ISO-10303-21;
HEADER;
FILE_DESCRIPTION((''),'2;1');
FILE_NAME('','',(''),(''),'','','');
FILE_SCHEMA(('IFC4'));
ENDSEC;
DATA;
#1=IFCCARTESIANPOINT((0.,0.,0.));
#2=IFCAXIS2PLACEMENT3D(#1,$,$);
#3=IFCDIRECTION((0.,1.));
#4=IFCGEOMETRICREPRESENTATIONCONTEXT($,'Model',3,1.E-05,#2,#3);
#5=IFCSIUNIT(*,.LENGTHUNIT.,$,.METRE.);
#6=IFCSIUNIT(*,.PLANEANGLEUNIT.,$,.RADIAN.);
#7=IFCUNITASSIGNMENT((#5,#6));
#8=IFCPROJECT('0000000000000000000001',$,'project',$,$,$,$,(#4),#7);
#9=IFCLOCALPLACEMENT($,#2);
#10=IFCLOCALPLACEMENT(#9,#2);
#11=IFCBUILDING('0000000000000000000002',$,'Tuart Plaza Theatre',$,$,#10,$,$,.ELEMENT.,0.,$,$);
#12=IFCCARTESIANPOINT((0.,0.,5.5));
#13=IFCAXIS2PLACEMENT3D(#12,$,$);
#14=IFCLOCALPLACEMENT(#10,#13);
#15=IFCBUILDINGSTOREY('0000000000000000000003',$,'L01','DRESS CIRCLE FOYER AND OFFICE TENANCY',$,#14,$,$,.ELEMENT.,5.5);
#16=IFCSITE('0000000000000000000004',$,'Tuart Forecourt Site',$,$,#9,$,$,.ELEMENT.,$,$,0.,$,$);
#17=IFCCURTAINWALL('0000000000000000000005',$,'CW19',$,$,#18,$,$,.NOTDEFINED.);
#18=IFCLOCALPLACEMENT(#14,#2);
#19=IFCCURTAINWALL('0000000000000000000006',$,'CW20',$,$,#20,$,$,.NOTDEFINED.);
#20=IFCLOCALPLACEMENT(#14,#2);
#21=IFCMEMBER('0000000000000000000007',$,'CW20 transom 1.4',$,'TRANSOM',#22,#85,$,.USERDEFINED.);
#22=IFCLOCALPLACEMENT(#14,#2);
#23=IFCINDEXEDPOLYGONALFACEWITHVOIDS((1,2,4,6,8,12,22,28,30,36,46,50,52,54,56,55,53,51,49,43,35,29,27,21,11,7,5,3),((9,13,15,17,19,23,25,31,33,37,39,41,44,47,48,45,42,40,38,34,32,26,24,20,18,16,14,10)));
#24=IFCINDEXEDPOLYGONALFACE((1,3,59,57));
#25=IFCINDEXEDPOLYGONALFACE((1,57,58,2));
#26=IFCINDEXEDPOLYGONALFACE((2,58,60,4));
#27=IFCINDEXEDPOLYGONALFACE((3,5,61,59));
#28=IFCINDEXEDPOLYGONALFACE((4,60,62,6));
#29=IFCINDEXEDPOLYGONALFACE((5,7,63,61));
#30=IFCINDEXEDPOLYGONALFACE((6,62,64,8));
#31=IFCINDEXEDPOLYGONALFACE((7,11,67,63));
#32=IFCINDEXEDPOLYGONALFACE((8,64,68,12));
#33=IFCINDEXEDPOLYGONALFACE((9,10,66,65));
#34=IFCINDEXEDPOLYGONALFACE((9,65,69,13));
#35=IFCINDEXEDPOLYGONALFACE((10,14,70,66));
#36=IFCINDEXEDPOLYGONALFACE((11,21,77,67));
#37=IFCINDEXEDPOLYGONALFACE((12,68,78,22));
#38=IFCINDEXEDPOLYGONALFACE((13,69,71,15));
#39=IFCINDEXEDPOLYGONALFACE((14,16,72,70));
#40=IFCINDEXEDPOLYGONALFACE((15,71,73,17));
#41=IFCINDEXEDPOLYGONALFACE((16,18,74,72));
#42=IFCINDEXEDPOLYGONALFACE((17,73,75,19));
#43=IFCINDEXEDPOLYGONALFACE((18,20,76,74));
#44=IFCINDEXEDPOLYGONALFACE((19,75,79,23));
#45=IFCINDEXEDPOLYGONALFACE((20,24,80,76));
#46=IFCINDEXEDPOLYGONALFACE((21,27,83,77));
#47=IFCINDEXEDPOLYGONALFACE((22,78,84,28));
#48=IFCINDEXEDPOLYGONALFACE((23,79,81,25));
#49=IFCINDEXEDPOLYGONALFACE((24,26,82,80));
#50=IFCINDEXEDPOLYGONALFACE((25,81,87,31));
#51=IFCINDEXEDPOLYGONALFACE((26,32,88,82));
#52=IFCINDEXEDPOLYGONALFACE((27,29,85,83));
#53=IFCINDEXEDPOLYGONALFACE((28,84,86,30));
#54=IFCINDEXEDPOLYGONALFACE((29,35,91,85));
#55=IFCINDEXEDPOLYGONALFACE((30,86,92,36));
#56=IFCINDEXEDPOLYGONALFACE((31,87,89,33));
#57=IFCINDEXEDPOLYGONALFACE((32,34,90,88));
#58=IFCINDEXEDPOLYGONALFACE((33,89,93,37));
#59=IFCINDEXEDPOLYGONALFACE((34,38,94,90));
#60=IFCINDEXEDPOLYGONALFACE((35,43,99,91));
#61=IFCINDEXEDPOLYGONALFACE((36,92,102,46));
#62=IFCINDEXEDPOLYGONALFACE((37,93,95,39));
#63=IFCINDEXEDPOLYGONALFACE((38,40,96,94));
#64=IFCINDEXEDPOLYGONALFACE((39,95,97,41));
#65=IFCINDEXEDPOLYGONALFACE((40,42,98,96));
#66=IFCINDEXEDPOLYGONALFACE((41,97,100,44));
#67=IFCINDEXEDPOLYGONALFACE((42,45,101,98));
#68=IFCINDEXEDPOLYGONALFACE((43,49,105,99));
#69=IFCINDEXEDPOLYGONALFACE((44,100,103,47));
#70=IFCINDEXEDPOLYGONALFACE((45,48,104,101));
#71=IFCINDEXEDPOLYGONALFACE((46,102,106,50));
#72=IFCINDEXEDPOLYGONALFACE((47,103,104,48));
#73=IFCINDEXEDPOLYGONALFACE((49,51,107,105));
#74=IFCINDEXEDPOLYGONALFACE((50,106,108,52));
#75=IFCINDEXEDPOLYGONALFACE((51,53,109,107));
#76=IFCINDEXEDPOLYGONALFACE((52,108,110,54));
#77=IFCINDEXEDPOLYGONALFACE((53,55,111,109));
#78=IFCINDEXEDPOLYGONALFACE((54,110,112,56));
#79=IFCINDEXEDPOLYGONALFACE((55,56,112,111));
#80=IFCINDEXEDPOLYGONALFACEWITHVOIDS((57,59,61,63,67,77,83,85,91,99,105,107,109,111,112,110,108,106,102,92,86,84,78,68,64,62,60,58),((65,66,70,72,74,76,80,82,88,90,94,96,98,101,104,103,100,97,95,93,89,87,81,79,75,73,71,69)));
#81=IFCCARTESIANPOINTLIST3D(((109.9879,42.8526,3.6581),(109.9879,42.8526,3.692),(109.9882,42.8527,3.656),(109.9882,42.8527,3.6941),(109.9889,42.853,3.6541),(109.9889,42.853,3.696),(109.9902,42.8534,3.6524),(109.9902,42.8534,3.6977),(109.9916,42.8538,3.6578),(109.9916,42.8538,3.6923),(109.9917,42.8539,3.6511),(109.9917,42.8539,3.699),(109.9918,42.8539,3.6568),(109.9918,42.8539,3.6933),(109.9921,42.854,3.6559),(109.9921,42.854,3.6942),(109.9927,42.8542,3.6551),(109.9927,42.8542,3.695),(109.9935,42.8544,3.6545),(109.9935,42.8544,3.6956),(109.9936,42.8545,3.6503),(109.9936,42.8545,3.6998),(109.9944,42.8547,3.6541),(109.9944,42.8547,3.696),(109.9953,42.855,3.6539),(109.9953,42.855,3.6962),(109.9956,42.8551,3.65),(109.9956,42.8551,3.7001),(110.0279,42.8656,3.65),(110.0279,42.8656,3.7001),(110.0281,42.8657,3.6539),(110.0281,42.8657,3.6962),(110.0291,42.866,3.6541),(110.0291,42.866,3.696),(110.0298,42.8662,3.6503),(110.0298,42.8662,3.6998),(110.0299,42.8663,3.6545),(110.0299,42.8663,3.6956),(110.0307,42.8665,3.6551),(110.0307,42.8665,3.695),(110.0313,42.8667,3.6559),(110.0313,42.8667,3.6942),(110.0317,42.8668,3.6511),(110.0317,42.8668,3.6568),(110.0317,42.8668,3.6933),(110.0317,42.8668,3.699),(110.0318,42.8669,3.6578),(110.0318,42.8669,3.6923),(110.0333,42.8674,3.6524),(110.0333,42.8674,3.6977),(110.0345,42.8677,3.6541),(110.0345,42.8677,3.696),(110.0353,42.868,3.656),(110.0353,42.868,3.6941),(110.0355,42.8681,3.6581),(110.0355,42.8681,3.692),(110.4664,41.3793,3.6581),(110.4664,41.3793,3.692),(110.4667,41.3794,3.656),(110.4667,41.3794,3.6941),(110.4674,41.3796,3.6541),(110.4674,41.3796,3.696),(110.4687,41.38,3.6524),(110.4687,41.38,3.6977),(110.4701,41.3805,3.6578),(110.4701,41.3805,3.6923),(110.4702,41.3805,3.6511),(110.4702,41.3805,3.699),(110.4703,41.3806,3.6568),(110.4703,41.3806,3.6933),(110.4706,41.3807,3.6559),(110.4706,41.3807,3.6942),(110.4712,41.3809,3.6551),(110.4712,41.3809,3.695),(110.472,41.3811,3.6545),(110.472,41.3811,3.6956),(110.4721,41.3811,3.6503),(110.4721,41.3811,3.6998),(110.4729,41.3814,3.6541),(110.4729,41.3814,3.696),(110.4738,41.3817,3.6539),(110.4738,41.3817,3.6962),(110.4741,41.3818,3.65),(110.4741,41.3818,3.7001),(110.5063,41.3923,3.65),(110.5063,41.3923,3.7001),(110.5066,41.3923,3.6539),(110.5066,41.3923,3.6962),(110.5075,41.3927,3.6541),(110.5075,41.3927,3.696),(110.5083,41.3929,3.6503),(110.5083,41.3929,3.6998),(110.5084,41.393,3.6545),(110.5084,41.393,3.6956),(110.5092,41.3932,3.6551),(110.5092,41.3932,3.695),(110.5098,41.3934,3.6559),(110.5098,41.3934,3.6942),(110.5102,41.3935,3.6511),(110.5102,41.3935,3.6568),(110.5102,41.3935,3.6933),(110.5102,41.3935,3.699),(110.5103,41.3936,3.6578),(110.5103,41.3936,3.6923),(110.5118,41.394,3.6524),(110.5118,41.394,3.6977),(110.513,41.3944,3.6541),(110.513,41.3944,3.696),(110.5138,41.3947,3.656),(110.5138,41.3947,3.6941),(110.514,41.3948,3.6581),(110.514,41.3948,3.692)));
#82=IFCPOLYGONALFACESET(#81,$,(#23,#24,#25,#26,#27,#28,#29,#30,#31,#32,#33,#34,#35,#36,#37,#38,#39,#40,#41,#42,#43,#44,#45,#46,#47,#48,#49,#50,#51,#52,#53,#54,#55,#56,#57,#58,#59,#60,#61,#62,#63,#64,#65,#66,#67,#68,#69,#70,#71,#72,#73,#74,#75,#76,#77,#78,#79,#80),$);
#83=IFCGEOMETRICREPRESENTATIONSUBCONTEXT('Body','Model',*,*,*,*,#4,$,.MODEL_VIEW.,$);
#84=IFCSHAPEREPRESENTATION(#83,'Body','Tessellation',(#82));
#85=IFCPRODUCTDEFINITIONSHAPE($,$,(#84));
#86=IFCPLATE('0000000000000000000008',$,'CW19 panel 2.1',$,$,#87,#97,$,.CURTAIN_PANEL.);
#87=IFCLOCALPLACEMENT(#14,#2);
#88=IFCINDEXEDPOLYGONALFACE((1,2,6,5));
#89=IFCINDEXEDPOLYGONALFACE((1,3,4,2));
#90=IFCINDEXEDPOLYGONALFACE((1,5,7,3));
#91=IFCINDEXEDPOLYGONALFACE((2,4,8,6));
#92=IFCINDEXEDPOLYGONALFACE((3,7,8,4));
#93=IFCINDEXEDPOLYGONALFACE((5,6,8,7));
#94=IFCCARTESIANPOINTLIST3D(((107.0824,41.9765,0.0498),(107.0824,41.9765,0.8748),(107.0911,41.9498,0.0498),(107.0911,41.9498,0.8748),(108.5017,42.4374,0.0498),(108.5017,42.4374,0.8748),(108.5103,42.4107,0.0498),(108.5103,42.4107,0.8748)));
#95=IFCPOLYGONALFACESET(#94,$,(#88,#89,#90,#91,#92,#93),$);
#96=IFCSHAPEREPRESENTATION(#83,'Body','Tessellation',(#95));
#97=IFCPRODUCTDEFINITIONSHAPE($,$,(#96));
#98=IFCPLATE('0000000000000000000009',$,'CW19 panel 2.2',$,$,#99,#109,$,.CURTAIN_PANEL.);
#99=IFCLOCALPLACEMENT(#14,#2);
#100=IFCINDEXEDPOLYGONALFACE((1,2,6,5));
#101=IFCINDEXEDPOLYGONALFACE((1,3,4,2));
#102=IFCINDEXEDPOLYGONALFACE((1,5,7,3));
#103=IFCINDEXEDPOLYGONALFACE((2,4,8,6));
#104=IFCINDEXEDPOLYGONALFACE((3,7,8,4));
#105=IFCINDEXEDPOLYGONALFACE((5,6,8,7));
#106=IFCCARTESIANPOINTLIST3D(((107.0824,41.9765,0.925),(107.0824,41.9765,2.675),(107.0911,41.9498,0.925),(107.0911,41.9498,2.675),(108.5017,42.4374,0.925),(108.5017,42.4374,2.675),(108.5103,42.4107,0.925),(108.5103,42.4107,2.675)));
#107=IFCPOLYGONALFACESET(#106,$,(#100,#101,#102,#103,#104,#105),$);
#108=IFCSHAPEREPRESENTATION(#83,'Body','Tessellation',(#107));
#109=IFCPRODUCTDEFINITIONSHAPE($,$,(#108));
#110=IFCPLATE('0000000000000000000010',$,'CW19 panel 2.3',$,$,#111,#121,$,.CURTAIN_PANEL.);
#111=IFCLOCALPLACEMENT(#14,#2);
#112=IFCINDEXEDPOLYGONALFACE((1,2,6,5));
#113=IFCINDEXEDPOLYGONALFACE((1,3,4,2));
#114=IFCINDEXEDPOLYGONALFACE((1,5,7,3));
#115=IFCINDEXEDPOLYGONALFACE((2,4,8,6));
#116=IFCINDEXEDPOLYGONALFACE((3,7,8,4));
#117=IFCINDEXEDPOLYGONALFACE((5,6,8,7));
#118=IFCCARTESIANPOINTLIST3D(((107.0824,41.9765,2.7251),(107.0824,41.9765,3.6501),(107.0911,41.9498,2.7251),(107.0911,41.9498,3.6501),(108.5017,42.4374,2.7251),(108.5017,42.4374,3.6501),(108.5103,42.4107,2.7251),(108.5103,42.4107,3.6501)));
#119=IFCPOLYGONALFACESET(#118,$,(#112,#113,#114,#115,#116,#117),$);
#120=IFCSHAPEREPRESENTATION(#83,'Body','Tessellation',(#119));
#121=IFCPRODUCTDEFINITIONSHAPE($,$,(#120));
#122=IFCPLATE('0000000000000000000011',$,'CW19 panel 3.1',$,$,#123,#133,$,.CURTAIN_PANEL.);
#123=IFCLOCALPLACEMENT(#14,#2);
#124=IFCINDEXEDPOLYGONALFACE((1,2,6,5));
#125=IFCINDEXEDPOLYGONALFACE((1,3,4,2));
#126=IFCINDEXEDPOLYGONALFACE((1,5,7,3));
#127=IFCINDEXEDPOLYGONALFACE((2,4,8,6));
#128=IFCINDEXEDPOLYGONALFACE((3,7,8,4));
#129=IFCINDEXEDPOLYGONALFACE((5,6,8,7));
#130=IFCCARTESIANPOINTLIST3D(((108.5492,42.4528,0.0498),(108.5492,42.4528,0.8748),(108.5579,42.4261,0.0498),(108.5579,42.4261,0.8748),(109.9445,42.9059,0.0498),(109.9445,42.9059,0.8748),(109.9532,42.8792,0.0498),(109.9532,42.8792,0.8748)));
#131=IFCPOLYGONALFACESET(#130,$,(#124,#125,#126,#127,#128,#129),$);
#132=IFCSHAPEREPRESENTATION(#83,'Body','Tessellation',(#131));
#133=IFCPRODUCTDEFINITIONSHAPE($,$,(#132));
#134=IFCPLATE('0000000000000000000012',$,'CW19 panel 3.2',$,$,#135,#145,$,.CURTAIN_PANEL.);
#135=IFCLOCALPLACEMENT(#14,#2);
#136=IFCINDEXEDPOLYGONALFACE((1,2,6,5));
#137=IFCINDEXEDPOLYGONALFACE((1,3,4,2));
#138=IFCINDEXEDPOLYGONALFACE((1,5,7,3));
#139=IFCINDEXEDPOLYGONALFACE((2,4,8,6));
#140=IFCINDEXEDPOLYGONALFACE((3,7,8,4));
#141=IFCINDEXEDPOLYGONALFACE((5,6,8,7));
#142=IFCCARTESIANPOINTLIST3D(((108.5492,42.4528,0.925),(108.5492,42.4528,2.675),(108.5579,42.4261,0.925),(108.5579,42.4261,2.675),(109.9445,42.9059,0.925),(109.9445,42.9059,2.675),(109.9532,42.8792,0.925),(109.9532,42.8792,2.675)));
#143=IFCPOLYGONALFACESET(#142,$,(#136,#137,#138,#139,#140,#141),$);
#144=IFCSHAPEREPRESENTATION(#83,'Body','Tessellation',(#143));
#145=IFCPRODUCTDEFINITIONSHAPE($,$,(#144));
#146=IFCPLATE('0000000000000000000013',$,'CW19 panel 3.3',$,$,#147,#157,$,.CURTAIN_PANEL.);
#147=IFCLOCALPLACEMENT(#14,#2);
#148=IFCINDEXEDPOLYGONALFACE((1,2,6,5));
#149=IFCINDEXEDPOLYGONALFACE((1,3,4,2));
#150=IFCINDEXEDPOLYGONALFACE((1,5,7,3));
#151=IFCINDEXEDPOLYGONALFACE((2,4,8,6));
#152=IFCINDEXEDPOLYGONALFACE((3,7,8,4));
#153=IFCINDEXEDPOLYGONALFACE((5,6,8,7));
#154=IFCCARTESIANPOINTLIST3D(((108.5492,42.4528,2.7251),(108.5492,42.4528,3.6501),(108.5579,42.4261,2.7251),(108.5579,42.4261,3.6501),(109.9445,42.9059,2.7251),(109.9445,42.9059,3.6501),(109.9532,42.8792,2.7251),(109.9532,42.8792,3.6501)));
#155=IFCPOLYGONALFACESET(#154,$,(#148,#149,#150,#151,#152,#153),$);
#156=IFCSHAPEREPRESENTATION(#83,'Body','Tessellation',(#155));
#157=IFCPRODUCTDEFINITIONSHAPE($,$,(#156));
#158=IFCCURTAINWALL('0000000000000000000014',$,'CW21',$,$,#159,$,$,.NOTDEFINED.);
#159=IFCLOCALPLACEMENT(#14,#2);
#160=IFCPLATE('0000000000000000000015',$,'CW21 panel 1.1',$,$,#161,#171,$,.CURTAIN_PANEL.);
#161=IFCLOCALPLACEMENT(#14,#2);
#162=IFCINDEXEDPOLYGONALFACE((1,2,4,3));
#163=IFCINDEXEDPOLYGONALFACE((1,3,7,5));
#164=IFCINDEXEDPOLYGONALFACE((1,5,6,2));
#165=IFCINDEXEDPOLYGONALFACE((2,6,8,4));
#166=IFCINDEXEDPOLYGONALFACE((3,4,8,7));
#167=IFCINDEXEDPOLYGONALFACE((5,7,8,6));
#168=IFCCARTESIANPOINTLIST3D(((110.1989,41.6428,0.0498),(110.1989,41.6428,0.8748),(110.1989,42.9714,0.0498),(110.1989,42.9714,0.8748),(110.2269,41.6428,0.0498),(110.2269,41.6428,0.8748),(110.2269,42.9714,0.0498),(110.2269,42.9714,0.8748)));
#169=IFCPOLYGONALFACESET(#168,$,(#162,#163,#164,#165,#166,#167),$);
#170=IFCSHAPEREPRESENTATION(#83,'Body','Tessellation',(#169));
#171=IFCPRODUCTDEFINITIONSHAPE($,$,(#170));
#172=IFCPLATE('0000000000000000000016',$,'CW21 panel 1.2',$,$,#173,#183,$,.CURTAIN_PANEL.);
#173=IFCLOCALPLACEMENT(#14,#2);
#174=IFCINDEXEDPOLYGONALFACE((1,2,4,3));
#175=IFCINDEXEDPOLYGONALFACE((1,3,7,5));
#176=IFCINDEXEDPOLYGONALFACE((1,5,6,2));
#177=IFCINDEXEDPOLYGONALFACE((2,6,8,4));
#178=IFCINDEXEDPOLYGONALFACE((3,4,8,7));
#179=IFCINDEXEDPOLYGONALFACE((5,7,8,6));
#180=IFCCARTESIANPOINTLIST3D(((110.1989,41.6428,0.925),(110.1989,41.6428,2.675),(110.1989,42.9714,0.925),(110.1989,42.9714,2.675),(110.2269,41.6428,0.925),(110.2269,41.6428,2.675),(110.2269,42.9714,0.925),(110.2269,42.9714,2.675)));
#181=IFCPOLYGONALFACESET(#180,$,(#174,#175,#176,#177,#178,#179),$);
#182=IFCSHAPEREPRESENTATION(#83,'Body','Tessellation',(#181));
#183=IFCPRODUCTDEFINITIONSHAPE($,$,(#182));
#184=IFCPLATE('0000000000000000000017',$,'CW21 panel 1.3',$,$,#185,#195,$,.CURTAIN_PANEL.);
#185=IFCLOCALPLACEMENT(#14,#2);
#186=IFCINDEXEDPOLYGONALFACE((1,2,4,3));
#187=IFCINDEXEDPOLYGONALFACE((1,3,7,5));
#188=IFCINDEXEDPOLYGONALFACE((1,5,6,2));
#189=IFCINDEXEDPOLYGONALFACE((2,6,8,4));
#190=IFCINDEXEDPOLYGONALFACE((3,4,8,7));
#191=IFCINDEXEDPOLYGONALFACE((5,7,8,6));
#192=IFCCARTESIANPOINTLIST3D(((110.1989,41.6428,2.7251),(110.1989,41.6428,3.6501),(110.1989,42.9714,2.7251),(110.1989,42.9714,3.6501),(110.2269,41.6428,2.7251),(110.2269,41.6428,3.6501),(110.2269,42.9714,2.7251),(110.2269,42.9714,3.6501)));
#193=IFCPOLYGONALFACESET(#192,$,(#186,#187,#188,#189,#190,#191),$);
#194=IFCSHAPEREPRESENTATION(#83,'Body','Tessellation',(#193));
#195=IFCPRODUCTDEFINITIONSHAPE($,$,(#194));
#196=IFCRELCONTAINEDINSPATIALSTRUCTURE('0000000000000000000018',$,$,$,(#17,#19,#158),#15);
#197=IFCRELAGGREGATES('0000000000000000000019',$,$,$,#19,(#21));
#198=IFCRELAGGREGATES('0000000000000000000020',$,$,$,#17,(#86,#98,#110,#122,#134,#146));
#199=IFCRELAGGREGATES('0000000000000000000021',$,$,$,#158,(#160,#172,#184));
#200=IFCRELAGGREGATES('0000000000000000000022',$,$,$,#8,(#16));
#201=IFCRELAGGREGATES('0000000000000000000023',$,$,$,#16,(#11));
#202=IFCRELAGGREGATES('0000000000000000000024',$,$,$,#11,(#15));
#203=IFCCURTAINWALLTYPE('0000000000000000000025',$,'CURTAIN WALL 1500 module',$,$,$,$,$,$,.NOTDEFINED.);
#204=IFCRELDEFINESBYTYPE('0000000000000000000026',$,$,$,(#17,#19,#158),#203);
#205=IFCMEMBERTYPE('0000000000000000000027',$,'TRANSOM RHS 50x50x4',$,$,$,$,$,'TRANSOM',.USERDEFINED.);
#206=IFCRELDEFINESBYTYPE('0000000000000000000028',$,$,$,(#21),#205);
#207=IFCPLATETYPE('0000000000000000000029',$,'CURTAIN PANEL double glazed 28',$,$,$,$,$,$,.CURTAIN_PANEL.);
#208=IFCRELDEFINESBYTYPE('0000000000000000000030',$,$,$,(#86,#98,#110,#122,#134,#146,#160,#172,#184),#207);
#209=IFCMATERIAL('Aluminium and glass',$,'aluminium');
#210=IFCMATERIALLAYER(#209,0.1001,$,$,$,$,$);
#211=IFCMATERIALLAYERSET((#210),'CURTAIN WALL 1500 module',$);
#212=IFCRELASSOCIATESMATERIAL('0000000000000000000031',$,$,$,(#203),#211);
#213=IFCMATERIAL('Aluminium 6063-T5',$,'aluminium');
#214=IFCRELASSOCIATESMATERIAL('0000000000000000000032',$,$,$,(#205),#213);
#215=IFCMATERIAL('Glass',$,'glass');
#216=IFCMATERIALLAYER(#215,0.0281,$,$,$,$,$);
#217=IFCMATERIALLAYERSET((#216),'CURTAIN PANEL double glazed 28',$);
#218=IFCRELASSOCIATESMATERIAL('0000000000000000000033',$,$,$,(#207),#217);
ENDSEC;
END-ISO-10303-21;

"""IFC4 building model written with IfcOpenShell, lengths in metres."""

from ifc_helpers import new_model, si_unit, direction, frame, origin, origin_2d, place, context, subcontext, project, spatial, rectangle, hollow_rectangle, extrude, material, layer, layer_set, material_profile, profile_set, type_object, element, aggregate, save


model = new_model("IFC4")

# Units and contexts
model_context = context("Model", 3, precision=1e-05, world=origin(), true_north=direction((0.0, 1.0)))
body_context = subcontext(model_context, "Body", "Model", "MODEL_VIEW")
ifc_project = project(units=[si_unit("LENGTHUNIT", "METRE"), si_unit("PLANEANGLEUNIT", "RADIAN")], contexts=[model_context])

# Site, building, storey
site_placement = place(None, origin())
site = spatial("IfcSite", under=ifc_project, at=site_placement, Name="Tuart Forecourt Site", CompositionType="ELEMENT", RefElevation=0.0)
building_placement = place(site_placement, origin())
building = spatial("IfcBuilding", under=site, at=building_placement, Name="Tuart Plaza Theatre", CompositionType="ELEMENT", ElevationOfRefHeight=0.0)
storey_placement = place(building_placement, frame((0.0, 0.0, 5.5)))
storey = spatial("IfcBuildingStorey", under=building, at=storey_placement, Name="L01", Description="DRESS CIRCLE FOYER AND OFFICE TENANCY", CompositionType="ELEMENT", Elevation=5.5)

# Curtain wall
ifc_material_1 = material(Name="Aluminium and glass", Category="aluminium")
ifc_layer_1 = layer(ifc_material_1, 0.1001)
ifc_layer_set_1 = layer_set([ifc_layer_1], Name="CURTAIN WALL 1500 module")
curtain_wall_type = type_object("IfcCurtainWallType", Name="CURTAIN WALL 1500 module", PredefinedType="NOTDEFINED", material=ifc_layer_set_1)
curtain_wall_1_placement = place(storey_placement, origin())
curtain_wall_1 = element("IfcCurtainWall", 1, at=curtain_wall_1_placement, inside=storey, type_object=curtain_wall_type, Name="CW19", PredefinedType="NOTDEFINED")

# Curtain wall
curtain_wall_2_placement = place(storey_placement, origin())
curtain_wall_2 = element("IfcCurtainWall", 2, at=curtain_wall_2_placement, inside=storey, type_object=curtain_wall_type, Name="CW20", PredefinedType="NOTDEFINED")

# Member
ifc_material_2 = material(Name="Aluminium 6063-T5", Category="aluminium")
ifc_material_profile_1 = material_profile(ifc_material_2, hollow_rectangle(XDim=0.05, YDim=0.05, WallThickness=0.0039, InnerFilletRadius=0.0039, OuterFilletRadius=0.0081, at=origin_2d()), Name="RHS 50x50x4")
ifc_profile_set_1 = profile_set([ifc_material_profile_1], Name="Aluminium 6063-T5")
member_type_1 = type_object("IfcMemberType", Name="TRANSOM RHS 50x50x4", ElementType="TRANSOM", PredefinedType="USERDEFINED", material=ifc_profile_set_1)
member_1_placement = place(storey_placement, frame((110.0117, 42.8604, 3.675), z_axis=(0.30889, -0.951098, 0.0), x_axis=(0.951098, 0.30889, 0.0)))
member_1 = element("IfcMember", 3, at=member_1_placement, type_object=member_type_1, Name="CW20 transom 1.4", ObjectType="TRANSOM", PredefinedType="USERDEFINED", context=body_context, shape_type="SweptSolid", body=[
    extrude(hollow_rectangle(XDim=0.05, YDim=0.05, WallThickness=0.0039, InnerFilletRadius=0.0039, OuterFilletRadius=0.0081, at=origin_2d()), origin(), (0.0, 0.0, 1.0), 1.5491),
])
aggregate(curtain_wall_2, [member_1])

# Plates
ifc_material_3 = material(Name="Glass", Category="glass")
ifc_layer_2 = layer(ifc_material_3, 0.0281)
ifc_layer_set_2 = layer_set([ifc_layer_2], Name="CURTAIN PANEL double glazed 28")
plate_type = type_object("IfcPlateType", Name="CURTAIN PANEL double glazed 28", PredefinedType="CURTAIN_PANEL", material=ifc_layer_set_2)
plate_1_placement = place(storey_placement, frame((107.7964, 42.1936, 0.0498), z_axis=(0.0, 0.0, 1.0), x_axis=(0.951099, 0.308885, 0.0)))
plate_1 = element("IfcPlate", 4, at=plate_1_placement, type_object=plate_type, Name="CW19 panel 2.1", PredefinedType="CURTAIN_PANEL", context=body_context, shape_type="SweptSolid", body=[
    extrude(rectangle(XDim=1.4922, YDim=0.0281, at=origin_2d()), origin(), (0.0, 0.0, 1.0), 0.825),
])
plate_2_placement = place(storey_placement, frame((107.7964, 42.1936, 0.925), z_axis=(0.0, 0.0, 1.0), x_axis=(0.951099, 0.308885, 0.0)))
plate_2 = element("IfcPlate", 5, at=plate_2_placement, type_object=plate_type, Name="CW19 panel 2.2", PredefinedType="CURTAIN_PANEL", context=body_context, shape_type="SweptSolid", body=[
    extrude(rectangle(XDim=1.4922, YDim=0.0281, at=origin_2d()), origin(), (0.0, 0.0, 1.0), 1.75),
])
plate_3_placement = place(storey_placement, frame((107.7964, 42.1936, 2.7251), z_axis=(0.0, 0.0, 1.0), x_axis=(0.951099, 0.308885, 0.0)))
plate_3 = element("IfcPlate", 6, at=plate_3_placement, type_object=plate_type, Name="CW19 panel 2.3", PredefinedType="CURTAIN_PANEL", context=body_context, shape_type="SweptSolid", body=[
    extrude(rectangle(XDim=1.4922, YDim=0.0281, at=origin_2d()), origin(), (0.0, 0.0, 1.0), 0.925),
])
plate_4_placement = place(storey_placement, frame((109.2512, 42.666, 0.0498), z_axis=(0.0, 0.0, 1.0), x_axis=(0.951099, 0.308885, 0.0)))
plate_4 = element("IfcPlate", 7, at=plate_4_placement, type_object=plate_type, Name="CW19 panel 3.1", PredefinedType="CURTAIN_PANEL", context=body_context, shape_type="SweptSolid", body=[
    extrude(rectangle(XDim=1.467, YDim=0.0281, at=origin_2d()), origin(), (0.0, 0.0, 1.0), 0.825),
])
plate_5_placement = place(storey_placement, frame((109.2512, 42.666, 0.925), z_axis=(0.0, 0.0, 1.0), x_axis=(0.951099, 0.308885, 0.0)))
plate_5 = element("IfcPlate", 8, at=plate_5_placement, type_object=plate_type, Name="CW19 panel 3.2", PredefinedType="CURTAIN_PANEL", context=body_context, shape_type="SweptSolid", body=[
    extrude(rectangle(XDim=1.467, YDim=0.0281, at=origin_2d()), origin(), (0.0, 0.0, 1.0), 1.75),
])
plate_6_placement = place(storey_placement, frame((109.2512, 42.666, 2.7251), z_axis=(0.0, 0.0, 1.0), x_axis=(0.951099, 0.308885, 0.0)))
plate_6 = element("IfcPlate", 9, at=plate_6_placement, type_object=plate_type, Name="CW19 panel 3.3", PredefinedType="CURTAIN_PANEL", context=body_context, shape_type="SweptSolid", body=[
    extrude(rectangle(XDim=1.467, YDim=0.0281, at=origin_2d()), origin(), (0.0, 0.0, 1.0), 0.925),
])
aggregate(curtain_wall_1, [plate_1, plate_2, plate_3, plate_4, plate_5, plate_6])

# Curtain wall, plates
curtain_wall_3_placement = place(storey_placement, origin())
curtain_wall_3 = element("IfcCurtainWall", 10, at=curtain_wall_3_placement, inside=storey, type_object=curtain_wall_type, Name="CW21", PredefinedType="NOTDEFINED")
plate_7_placement = place(storey_placement, frame((110.2129, 42.3071, 0.0498), z_axis=(0.0, 0.0, 1.0), x_axis=(0.0, 1.0, 0.0)))
plate_7 = element("IfcPlate", 11, at=plate_7_placement, type_object=plate_type, Name="CW21 panel 1.1", PredefinedType="CURTAIN_PANEL", context=body_context, shape_type="SweptSolid", body=[
    extrude(rectangle(XDim=1.3286, YDim=0.0281, at=origin_2d()), origin(), (0.0, 0.0, 1.0), 0.825),
])
plate_8_placement = place(storey_placement, frame((110.2129, 42.3071, 0.925), z_axis=(0.0, 0.0, 1.0), x_axis=(0.0, 1.0, 0.0)))
plate_8 = element("IfcPlate", 12, at=plate_8_placement, type_object=plate_type, Name="CW21 panel 1.2", PredefinedType="CURTAIN_PANEL", context=body_context, shape_type="SweptSolid", body=[
    extrude(rectangle(XDim=1.3286, YDim=0.0281, at=origin_2d()), origin(), (0.0, 0.0, 1.0), 1.75),
])
plate_9_placement = place(storey_placement, frame((110.2129, 42.3071, 2.7251), z_axis=(0.0, 0.0, 1.0), x_axis=(0.0, 1.0, 0.0)))
plate_9 = element("IfcPlate", 13, at=plate_9_placement, type_object=plate_type, Name="CW21 panel 1.3", PredefinedType="CURTAIN_PANEL", context=body_context, shape_type="SweptSolid", body=[
    extrude(rectangle(XDim=1.3286, YDim=0.0281, at=origin_2d()), origin(), (0.0, 0.0, 1.0), 0.925),
])
aggregate(curtain_wall_3, [plate_7, plate_8, plate_9])

save(model, "model.ifc")
